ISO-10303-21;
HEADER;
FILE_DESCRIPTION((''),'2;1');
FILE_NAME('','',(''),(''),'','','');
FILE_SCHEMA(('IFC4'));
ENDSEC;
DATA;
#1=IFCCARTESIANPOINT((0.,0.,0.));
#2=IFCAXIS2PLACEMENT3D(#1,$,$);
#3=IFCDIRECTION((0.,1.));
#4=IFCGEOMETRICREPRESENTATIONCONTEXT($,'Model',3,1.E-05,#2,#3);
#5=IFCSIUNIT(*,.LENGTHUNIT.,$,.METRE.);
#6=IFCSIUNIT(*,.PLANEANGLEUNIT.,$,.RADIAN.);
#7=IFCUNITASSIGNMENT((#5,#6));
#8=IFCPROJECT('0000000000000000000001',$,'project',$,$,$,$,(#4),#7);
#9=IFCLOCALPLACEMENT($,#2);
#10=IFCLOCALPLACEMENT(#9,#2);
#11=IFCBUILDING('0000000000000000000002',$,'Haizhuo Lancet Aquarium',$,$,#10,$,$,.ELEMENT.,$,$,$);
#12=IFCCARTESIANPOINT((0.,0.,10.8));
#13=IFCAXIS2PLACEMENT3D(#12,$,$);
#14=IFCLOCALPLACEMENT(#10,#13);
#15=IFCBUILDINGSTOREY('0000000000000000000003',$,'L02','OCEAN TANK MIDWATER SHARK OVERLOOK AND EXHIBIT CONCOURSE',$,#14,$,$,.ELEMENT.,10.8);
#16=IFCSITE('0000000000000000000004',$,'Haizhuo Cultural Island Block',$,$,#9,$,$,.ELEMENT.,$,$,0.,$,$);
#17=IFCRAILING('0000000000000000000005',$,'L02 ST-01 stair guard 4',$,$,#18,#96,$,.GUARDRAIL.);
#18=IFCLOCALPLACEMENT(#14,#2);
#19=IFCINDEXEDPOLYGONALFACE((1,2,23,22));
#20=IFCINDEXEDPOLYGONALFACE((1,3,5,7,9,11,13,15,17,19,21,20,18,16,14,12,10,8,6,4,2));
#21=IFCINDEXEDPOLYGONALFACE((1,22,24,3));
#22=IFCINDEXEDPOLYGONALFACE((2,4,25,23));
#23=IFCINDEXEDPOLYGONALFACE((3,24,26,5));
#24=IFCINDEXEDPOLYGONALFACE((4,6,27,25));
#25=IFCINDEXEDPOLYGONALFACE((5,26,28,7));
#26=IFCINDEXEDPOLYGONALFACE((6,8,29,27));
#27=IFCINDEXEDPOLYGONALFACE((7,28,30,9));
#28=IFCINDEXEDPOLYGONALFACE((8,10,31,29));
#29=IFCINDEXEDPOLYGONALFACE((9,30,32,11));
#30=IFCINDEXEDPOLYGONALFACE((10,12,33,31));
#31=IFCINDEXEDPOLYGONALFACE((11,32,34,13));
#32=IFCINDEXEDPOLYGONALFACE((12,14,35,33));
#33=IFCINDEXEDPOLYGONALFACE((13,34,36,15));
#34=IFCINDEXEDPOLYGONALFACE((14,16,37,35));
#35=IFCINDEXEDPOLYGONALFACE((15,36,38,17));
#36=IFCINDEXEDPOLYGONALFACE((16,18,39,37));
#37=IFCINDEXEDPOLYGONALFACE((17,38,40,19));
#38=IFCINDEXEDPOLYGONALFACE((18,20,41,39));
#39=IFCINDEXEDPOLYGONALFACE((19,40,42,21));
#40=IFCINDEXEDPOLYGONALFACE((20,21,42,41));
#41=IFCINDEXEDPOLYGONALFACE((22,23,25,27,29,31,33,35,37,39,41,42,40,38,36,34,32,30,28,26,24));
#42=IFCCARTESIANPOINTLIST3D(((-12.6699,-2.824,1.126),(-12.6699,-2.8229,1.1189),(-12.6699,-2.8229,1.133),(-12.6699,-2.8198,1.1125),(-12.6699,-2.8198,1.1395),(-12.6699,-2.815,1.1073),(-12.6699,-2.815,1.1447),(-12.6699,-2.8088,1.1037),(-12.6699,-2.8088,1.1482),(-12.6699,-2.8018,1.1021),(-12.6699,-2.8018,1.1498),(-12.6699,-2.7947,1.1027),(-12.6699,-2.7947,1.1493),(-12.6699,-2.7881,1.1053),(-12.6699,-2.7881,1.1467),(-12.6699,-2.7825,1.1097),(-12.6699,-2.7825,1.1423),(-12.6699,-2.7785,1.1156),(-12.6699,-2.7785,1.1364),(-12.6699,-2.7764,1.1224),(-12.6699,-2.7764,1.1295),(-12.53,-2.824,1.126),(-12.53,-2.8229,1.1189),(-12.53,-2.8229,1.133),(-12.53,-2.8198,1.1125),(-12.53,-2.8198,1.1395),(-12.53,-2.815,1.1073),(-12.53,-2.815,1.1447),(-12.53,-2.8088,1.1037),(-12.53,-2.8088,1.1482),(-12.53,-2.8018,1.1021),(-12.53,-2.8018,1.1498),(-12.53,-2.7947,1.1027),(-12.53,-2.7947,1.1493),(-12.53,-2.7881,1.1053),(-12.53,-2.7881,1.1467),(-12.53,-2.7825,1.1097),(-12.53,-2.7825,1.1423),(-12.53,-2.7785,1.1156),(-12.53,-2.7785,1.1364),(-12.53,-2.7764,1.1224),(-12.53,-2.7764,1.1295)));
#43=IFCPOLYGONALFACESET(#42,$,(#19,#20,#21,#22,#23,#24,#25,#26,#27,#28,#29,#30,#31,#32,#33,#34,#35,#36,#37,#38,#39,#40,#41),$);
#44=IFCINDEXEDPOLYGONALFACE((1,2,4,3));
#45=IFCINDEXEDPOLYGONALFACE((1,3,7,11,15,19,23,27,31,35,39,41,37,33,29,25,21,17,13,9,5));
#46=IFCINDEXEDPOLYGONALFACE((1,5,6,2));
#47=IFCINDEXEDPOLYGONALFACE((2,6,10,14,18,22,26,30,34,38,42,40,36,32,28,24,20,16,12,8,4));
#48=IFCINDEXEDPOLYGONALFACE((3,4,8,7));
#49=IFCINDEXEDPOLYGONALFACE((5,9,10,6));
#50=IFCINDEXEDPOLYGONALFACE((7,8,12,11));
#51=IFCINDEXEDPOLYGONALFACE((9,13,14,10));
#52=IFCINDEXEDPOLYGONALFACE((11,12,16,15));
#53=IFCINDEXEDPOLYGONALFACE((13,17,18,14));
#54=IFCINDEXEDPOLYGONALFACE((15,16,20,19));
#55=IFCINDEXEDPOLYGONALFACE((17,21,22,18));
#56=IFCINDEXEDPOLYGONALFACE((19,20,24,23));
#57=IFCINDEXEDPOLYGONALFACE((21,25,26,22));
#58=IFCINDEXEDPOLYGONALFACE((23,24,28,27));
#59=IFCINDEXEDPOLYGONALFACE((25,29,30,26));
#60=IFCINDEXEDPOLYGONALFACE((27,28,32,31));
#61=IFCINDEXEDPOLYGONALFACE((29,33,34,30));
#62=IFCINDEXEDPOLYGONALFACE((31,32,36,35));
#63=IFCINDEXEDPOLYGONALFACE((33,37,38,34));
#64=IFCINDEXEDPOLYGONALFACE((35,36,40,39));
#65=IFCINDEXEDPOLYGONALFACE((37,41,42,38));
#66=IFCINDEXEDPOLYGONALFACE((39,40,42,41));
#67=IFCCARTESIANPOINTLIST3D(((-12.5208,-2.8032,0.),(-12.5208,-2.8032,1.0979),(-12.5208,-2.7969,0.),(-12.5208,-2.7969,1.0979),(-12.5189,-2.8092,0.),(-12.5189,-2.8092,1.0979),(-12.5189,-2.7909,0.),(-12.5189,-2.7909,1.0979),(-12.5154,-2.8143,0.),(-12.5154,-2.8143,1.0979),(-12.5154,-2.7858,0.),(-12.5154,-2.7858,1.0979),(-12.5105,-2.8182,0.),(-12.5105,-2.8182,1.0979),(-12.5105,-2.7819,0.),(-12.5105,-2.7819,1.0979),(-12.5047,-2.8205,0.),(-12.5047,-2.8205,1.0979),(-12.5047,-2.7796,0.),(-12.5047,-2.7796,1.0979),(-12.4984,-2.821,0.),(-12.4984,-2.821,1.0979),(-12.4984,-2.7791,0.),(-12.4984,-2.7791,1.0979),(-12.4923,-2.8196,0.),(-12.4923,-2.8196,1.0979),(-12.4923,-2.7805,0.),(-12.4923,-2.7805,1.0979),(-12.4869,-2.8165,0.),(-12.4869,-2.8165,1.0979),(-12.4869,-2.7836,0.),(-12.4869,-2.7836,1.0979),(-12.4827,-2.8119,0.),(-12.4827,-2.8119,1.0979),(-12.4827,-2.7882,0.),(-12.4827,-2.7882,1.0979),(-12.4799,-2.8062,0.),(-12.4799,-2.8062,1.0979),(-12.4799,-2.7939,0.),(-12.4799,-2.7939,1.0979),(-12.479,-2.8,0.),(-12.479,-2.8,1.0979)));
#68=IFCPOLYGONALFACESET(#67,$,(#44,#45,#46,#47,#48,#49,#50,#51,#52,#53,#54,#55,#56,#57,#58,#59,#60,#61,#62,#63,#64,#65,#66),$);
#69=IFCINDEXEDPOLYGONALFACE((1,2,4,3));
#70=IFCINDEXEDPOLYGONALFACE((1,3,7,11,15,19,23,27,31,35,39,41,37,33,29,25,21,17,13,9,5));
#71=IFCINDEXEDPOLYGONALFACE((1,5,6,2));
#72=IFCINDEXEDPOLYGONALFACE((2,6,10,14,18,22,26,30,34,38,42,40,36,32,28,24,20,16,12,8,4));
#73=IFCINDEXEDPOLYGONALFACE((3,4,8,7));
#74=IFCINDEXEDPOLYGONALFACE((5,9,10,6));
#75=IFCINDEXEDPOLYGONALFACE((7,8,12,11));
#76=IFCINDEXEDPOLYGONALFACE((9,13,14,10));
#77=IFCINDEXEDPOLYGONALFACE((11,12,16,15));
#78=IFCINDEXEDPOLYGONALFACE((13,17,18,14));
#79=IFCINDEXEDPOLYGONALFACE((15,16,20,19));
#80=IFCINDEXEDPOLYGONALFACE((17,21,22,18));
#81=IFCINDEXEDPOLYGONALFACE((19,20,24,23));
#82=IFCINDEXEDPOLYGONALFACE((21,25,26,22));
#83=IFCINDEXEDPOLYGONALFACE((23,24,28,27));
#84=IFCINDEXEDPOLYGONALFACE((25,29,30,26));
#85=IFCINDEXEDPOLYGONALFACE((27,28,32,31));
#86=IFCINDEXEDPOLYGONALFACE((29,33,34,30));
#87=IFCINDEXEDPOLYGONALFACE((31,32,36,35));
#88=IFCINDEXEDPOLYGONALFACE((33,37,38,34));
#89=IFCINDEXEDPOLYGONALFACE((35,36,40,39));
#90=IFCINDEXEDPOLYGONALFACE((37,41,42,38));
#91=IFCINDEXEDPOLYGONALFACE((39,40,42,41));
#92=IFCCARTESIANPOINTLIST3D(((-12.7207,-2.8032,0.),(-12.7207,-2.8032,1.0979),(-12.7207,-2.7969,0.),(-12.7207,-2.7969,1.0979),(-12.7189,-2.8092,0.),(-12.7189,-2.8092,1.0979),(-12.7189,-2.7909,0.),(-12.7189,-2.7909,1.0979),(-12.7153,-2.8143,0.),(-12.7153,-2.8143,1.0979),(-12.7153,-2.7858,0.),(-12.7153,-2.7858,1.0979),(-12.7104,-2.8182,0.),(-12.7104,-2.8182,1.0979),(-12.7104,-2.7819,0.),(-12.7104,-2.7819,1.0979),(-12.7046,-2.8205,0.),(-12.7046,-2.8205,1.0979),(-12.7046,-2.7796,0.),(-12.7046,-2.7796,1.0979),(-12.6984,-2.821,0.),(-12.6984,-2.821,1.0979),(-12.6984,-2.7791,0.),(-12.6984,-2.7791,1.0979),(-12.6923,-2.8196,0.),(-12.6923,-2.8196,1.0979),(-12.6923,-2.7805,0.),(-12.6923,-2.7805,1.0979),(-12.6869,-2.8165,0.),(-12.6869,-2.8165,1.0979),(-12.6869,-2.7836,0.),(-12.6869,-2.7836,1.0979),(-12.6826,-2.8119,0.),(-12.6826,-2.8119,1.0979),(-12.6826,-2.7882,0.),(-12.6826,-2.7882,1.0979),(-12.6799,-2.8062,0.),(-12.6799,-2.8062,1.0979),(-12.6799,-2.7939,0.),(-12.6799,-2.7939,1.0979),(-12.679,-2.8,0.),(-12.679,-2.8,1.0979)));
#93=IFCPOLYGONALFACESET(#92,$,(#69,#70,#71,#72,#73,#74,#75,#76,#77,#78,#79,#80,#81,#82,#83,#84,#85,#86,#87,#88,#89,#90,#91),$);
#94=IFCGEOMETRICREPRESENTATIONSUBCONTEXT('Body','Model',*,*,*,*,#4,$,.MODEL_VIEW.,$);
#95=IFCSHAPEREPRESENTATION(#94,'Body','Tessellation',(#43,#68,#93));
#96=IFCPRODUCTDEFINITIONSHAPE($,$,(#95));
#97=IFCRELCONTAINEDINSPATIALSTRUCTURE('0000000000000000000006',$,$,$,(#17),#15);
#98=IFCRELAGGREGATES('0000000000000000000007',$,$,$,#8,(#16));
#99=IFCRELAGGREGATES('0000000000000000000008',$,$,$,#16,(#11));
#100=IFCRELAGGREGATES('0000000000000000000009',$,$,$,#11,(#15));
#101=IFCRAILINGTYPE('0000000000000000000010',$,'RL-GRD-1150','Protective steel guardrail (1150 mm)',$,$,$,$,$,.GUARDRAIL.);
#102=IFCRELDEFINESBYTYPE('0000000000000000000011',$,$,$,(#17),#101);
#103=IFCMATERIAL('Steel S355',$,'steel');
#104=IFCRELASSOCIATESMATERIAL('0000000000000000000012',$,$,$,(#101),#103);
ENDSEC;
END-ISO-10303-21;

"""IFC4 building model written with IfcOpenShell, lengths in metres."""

from ifc_helpers import new_model, si_unit, direction, frame, origin, origin_2d, place, context, subcontext, project, spatial, circle, extrude, material, type_object, element, save


model = new_model("IFC4")

# Units and contexts
model_context = context("Model", 3, precision=1e-05, world=origin(), true_north=direction((0.0, 1.0)))
body_context = subcontext(model_context, "Body", "Model", "MODEL_VIEW")
ifc_project = project(units=[si_unit("LENGTHUNIT", "METRE"), si_unit("PLANEANGLEUNIT", "RADIAN")], contexts=[model_context])

# Site, building, storey
site_placement = place(None, origin())
site = spatial("IfcSite", under=ifc_project, at=site_placement, Name="Haizhuo Cultural Island Block", CompositionType="ELEMENT", RefElevation=0.0)
building_placement = place(site_placement, origin())
building = spatial("IfcBuilding", under=site, at=building_placement, Name="Haizhuo Lancet Aquarium", CompositionType="ELEMENT")
storey_placement = place(building_placement, frame((0.0, 0.0, 10.8)))
storey = spatial("IfcBuildingStorey", under=building, at=storey_placement, Name="L02", Description="OCEAN TANK MIDWATER SHARK OVERLOOK AND EXHIBIT CONCOURSE", CompositionType="ELEMENT", Elevation=10.8)

# Shared definitions
ifc_material_1 = material(Name="Steel S355", Category="steel")

# Railing
railing_type_1 = type_object("IfcRailingType", Name="RL-GRD-1150", Description="Protective steel guardrail (1150 mm)", PredefinedType="GUARDRAIL", material=ifc_material_1)
railing_1_placement = place(storey_placement, frame((-12.5, -2.8, 0.0)))
element("IfcRailing", 1, at=railing_1_placement, inside=storey, type_object=railing_type_1, Name="L02 ST-01 stair guard 4", PredefinedType="GUARDRAIL", context=body_context, shape_type="SweptSolid", body=[
    extrude(circle(Radius=0.0239, at=origin_2d()), frame((-0.03, 0.0, 1.126), z_axis=(-1.0, 0.0, 0.0), x_axis=(0.0, -1.0, 0.0)), (0.0, 0.0, 1.0), 0.1399),
    extrude(circle(Radius=0.021, at=origin_2d()), origin(), (0.0, 0.0, 1.0), 1.0979),
    extrude(circle(Radius=0.021, at=origin_2d()), frame((-0.2, 0.0, 0.0)), (0.0, 0.0, 1.0), 1.0979),
])

save(model, "model.ifc")
